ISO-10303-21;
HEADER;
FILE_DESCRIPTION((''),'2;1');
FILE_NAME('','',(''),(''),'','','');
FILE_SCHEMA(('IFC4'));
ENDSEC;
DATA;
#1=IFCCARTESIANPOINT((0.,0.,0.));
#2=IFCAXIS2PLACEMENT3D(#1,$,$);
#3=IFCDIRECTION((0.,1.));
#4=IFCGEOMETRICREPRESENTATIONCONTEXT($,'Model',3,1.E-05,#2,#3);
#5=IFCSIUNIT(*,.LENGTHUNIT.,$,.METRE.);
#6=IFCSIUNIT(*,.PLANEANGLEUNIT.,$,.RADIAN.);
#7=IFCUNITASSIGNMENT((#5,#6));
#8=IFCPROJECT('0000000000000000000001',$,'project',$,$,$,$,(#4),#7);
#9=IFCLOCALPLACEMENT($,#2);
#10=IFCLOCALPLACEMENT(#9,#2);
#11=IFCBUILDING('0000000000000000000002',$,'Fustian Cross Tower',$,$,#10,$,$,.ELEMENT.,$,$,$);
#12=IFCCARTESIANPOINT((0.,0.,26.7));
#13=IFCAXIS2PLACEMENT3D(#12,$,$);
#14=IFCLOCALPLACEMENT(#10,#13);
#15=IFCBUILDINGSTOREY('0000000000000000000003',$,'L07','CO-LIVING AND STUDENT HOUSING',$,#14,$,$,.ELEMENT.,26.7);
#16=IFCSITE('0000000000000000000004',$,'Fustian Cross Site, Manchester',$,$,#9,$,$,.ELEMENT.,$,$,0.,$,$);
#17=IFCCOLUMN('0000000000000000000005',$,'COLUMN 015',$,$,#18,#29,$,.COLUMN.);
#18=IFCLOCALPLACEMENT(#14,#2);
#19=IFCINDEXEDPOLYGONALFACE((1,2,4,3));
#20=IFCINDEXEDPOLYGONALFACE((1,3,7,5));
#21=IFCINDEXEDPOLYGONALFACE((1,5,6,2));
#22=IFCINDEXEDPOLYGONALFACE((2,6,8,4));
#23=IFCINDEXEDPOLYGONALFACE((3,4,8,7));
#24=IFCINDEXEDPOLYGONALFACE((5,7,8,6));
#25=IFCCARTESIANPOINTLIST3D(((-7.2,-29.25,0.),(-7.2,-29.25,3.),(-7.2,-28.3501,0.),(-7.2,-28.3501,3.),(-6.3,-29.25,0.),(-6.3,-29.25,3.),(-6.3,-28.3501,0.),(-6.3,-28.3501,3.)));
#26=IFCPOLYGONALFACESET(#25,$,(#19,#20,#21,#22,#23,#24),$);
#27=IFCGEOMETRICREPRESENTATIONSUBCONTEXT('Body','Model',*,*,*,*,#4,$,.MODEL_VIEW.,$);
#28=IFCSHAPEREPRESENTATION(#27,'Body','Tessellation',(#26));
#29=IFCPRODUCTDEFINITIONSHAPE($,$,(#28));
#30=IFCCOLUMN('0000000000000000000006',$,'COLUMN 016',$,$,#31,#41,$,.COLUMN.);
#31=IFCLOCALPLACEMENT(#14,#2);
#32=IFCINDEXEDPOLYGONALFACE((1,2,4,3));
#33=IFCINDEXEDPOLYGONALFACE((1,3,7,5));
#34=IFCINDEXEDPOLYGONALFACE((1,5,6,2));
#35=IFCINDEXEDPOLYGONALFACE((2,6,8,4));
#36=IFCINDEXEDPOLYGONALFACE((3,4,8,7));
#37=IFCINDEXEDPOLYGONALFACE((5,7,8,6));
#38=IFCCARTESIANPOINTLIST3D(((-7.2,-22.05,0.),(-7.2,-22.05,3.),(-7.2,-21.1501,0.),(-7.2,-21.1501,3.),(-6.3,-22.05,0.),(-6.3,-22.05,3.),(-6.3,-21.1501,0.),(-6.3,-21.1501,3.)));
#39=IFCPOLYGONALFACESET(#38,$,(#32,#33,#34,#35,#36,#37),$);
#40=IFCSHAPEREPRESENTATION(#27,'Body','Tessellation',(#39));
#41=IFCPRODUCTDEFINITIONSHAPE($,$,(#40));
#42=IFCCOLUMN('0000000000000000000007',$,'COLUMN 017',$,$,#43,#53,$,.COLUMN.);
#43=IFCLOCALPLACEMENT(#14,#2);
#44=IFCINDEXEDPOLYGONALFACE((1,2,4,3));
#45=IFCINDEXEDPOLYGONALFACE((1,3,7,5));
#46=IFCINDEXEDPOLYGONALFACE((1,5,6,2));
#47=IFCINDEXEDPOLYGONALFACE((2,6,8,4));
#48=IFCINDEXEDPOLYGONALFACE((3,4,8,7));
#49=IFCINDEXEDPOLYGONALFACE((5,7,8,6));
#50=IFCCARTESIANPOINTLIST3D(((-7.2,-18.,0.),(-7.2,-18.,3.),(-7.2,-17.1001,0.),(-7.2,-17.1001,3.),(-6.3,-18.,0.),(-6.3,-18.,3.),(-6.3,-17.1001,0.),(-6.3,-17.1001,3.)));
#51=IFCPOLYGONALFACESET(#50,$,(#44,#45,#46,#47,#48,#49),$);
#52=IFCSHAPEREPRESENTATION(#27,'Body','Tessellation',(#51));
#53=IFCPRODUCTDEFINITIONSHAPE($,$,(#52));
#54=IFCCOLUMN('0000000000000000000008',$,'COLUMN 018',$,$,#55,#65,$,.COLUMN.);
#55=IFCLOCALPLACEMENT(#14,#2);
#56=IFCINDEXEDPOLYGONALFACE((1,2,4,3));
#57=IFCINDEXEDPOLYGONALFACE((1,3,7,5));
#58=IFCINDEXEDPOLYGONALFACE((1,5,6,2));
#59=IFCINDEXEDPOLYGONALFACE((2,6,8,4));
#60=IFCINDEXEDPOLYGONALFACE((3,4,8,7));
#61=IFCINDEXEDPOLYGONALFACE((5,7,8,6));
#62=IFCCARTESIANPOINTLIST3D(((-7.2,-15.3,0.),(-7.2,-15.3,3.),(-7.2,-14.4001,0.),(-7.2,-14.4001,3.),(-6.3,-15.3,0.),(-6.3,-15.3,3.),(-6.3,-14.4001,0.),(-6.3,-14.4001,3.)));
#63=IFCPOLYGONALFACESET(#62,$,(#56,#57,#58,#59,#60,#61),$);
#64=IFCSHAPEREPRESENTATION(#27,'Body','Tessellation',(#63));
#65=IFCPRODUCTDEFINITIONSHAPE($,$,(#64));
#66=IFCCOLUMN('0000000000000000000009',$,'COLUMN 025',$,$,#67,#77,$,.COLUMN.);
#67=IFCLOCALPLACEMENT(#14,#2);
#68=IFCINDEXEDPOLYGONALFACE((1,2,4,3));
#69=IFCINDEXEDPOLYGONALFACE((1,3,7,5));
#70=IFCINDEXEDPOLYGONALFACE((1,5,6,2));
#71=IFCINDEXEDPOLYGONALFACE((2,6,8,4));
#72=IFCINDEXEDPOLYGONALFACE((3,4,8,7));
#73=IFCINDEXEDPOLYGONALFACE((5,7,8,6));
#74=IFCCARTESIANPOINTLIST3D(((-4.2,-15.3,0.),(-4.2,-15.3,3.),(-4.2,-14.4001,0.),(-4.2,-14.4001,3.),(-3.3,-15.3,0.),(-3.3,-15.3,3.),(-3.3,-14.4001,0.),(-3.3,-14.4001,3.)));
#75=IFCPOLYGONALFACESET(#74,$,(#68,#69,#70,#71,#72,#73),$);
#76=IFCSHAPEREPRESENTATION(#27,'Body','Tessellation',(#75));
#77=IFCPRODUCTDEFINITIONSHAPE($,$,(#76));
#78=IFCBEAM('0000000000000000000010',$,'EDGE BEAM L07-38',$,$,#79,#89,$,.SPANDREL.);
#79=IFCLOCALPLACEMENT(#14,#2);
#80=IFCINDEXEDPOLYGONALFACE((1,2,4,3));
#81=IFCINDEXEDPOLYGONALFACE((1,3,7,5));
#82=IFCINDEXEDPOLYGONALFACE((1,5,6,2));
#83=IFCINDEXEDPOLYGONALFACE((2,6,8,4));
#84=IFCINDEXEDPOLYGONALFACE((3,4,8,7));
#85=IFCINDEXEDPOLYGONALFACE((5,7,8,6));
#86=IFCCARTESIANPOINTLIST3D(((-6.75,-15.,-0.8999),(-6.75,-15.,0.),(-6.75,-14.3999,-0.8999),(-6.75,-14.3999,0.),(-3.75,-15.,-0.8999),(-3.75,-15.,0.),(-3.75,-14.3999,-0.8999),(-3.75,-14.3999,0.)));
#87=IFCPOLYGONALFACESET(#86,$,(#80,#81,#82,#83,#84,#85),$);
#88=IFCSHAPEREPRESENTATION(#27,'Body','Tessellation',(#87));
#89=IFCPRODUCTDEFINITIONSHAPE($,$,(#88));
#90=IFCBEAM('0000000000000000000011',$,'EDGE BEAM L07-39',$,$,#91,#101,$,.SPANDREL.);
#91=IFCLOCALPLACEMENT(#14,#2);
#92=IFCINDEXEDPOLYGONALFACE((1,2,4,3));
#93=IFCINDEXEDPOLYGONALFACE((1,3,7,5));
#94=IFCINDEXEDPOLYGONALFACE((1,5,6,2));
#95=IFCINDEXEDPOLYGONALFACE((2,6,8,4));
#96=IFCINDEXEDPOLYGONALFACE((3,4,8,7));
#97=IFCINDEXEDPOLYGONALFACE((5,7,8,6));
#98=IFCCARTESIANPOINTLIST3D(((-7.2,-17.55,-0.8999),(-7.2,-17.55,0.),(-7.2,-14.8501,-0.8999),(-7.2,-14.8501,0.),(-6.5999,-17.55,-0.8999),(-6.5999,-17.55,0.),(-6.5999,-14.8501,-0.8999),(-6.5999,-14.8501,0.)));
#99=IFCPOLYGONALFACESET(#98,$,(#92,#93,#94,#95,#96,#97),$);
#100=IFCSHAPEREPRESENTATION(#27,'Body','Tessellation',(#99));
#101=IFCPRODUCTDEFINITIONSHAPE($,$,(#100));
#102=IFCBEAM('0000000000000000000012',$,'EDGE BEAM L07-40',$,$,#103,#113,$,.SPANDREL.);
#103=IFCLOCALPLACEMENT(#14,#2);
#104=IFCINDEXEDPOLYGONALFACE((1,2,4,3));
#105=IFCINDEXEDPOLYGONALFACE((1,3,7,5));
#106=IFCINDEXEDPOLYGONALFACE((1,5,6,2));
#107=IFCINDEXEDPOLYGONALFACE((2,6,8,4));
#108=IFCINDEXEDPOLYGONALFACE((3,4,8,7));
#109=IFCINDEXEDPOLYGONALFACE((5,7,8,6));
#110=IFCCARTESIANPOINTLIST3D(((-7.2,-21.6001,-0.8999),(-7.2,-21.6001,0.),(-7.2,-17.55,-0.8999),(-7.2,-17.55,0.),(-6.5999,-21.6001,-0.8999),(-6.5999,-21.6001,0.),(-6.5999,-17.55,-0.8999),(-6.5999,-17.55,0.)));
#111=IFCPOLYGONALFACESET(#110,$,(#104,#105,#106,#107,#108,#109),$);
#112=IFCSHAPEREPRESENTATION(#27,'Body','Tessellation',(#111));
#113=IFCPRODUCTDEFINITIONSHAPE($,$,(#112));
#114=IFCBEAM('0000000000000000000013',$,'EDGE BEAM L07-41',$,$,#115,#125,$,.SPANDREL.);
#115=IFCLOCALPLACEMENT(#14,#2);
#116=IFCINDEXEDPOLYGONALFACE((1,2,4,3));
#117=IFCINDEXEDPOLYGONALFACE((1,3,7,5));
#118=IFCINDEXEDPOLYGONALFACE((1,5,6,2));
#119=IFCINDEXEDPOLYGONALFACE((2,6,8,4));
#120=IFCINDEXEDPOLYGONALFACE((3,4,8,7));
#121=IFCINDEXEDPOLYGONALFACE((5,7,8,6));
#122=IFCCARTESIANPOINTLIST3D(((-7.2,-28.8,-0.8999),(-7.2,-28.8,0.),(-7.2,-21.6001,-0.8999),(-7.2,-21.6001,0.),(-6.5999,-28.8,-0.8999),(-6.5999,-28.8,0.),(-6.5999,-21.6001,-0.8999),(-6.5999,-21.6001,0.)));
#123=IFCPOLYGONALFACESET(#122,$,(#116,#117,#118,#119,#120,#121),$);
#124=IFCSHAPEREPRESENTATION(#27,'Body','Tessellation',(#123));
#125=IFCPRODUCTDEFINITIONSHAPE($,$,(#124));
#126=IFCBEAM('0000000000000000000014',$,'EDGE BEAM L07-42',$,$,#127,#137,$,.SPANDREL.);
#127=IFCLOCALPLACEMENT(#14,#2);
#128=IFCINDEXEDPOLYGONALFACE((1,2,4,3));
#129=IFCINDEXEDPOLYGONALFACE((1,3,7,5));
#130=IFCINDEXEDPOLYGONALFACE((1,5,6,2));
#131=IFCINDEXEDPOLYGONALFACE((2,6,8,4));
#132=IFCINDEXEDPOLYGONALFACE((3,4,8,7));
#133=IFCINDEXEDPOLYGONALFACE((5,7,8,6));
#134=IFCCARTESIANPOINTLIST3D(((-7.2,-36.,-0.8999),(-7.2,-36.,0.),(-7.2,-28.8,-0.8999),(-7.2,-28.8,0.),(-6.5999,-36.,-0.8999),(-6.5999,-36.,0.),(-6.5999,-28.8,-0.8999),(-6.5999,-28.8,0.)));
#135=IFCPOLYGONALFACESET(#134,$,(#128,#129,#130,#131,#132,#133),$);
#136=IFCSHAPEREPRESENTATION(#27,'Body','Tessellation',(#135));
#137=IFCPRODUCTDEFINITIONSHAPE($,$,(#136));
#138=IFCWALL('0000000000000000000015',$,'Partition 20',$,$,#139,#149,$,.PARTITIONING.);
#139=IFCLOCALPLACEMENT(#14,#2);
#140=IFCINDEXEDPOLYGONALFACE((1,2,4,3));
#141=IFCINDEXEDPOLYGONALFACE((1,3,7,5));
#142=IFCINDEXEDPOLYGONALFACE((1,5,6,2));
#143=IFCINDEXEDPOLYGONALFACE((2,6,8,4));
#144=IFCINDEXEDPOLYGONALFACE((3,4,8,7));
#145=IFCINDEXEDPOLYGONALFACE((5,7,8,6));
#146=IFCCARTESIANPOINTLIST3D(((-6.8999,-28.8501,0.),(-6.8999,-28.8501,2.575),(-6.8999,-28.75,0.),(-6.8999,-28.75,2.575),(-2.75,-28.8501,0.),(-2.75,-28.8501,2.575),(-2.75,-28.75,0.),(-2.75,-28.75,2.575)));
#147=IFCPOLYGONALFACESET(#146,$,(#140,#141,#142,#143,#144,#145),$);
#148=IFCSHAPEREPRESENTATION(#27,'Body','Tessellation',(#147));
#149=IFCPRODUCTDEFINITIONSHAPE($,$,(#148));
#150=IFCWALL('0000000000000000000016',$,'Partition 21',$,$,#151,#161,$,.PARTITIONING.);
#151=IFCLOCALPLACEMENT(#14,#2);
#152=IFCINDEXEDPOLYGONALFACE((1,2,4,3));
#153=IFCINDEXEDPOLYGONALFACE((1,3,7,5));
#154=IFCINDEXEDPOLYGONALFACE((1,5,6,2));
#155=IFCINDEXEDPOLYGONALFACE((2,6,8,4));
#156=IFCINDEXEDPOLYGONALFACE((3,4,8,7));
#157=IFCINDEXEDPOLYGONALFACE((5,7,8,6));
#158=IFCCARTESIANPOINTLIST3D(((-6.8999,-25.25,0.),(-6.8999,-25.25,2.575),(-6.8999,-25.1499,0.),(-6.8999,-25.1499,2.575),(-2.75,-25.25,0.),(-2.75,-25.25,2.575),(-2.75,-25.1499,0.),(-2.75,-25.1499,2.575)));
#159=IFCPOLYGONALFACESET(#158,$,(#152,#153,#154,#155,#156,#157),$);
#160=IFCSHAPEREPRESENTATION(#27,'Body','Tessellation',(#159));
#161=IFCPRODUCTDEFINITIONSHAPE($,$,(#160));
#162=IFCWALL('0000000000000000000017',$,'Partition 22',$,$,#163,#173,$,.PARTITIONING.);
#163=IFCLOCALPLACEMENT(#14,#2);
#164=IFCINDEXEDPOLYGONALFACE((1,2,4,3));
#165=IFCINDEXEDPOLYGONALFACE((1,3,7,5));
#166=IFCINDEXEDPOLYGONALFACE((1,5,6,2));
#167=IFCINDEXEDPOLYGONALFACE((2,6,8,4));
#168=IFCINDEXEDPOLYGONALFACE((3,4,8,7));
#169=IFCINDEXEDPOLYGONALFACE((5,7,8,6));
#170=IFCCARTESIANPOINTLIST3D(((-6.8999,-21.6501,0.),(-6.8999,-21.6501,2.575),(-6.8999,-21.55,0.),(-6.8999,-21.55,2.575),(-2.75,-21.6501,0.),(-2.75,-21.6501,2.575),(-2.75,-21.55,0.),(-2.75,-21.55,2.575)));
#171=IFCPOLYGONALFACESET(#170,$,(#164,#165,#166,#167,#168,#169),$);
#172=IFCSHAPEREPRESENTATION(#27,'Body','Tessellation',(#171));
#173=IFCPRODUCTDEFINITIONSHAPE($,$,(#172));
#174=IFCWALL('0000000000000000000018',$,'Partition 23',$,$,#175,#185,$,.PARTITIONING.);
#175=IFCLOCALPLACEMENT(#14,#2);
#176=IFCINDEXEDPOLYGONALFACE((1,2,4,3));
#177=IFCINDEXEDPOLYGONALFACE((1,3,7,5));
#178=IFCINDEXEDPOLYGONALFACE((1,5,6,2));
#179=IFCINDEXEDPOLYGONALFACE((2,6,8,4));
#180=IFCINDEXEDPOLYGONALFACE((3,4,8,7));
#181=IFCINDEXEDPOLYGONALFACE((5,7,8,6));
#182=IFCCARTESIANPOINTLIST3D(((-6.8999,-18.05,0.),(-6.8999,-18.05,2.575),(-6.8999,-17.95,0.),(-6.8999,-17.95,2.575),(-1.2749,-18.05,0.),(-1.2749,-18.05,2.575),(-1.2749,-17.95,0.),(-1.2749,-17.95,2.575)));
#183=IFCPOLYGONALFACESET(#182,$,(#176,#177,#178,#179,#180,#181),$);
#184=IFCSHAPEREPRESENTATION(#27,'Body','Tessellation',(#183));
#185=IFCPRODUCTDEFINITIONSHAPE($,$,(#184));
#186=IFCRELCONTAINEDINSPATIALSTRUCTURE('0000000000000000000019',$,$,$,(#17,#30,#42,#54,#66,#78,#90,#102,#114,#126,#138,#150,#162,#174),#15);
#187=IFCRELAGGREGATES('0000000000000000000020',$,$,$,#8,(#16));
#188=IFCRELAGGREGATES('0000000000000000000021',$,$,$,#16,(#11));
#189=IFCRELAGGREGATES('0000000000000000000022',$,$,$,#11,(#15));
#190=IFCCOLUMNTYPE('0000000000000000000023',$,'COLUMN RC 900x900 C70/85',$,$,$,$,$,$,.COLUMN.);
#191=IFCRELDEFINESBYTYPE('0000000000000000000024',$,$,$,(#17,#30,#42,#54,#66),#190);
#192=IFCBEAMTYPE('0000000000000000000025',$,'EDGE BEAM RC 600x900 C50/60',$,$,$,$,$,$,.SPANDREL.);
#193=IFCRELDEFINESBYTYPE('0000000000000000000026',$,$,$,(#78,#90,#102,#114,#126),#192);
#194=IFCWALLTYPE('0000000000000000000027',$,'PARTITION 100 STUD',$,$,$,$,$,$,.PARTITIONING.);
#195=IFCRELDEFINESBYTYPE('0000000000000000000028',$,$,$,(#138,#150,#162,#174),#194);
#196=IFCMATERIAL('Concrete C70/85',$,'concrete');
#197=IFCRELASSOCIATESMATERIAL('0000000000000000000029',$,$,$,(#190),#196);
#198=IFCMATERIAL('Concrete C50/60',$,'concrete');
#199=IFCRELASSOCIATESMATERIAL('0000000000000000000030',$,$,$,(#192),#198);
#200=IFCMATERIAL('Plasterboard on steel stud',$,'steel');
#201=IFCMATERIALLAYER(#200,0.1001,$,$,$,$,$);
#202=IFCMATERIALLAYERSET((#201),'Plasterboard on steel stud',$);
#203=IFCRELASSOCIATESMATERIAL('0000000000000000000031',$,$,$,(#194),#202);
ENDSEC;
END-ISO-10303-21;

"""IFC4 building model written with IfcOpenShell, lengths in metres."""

from ifc_helpers import new_model, si_unit, direction, frame, frame_2d, origin, origin_2d, place, context, subcontext, project, spatial, rectangle, extrude, material, layer, layer_set, material_profile, profile_set, type_object, element, save


model = new_model("IFC4")

# Units and contexts
model_context = context("Model", 3, precision=1e-05, world=origin(), true_north=direction((0.0, 1.0)))
body_context = subcontext(model_context, "Body", "Model", "MODEL_VIEW")
ifc_project = project(units=[si_unit("LENGTHUNIT", "METRE"), si_unit("PLANEANGLEUNIT", "RADIAN")], contexts=[model_context])

# Site, building, storey
site_placement = place(None, origin())
site = spatial("IfcSite", under=ifc_project, at=site_placement, Name="Fustian Cross Site, Manchester", CompositionType="ELEMENT", RefElevation=0.0)
building_placement = place(site_placement, origin())
building = spatial("IfcBuilding", under=site, at=building_placement, Name="Fustian Cross Tower", CompositionType="ELEMENT")
storey_placement = place(building_placement, frame((0.0, 0.0, 26.7)))
storey = spatial("IfcBuildingStorey", under=building, at=storey_placement, Name="L07", Description="CO-LIVING AND STUDENT HOUSING", CompositionType="ELEMENT", Elevation=26.7)

# Columns
ifc_material_1 = material(Name="Concrete C70/85", Category="concrete")
ifc_material_profile_1 = material_profile(ifc_material_1, rectangle(XDim=0.8999, YDim=0.8999, at=origin_2d()), Name="RC 900x900")
ifc_profile_set_1 = profile_set([ifc_material_profile_1], Name="Concrete C70/85")
column_type = type_object("IfcColumnType", Name="COLUMN RC 900x900 C70/85", PredefinedType="COLUMN", material=ifc_profile_set_1)
for number, where, z_axis, x_axis, name in (
    (1, (-6.75, -28.8, 0.0), (0.0, 0.0, 1.0), (1.0, 0.0, 0.0), "COLUMN 015"),
    (2, (-6.75, -21.6001, 0.0), (0.0, 0.0, 1.0), (1.0, 0.0, 0.0), "COLUMN 016"),
    (3, (-6.75, -17.55, 0.0), (0.0, 0.0, 1.0), (1.0, 0.0, 0.0), "COLUMN 017"),
    (4, (-6.75, -14.8501, 0.0), (0.0, 0.0, 1.0), (1.0, 0.0, 0.0), "COLUMN 018"),
    (5, (-3.75, -14.8501, 0.0), (0.0, 0.0, 1.0), (1.0, 0.0, 0.0), "COLUMN 025"),
):
    element("IfcColumn", number, at=place(storey_placement, frame(where, z_axis=z_axis, x_axis=x_axis)), inside=storey, type_object=column_type, Name=name, PredefinedType="COLUMN", context=body_context, shape_type="SweptSolid", body=[
        extrude(rectangle(XDim=0.8999, YDim=0.8999, at=origin_2d()), origin(), (0.0, 0.0, 1.0), 3.0),
    ])

# Beams
ifc_material_2 = material(Name="Concrete C50/60", Category="concrete")
ifc_material_profile_2 = material_profile(ifc_material_2, rectangle(XDim=0.6001, YDim=0.8999, at=origin_2d()), Name="RC 600x900")
ifc_profile_set_2 = profile_set([ifc_material_profile_2], Name="Concrete C50/60")
beam_type = type_object("IfcBeamType", Name="EDGE BEAM RC 600x900 C50/60", PredefinedType="SPANDREL", material=ifc_profile_set_2)
beam_1_placement = place(storey_placement, frame((-3.75, -14.7, -0.45), z_axis=(-1.0, 0.0, 0.0), x_axis=(0.0, -1.0, 0.0)))
element("IfcBeam", 6, at=beam_1_placement, inside=storey, type_object=beam_type, Name="EDGE BEAM L07-38", PredefinedType="SPANDREL", context=body_context, shape_type="SweptSolid", body=[
    extrude(rectangle(XDim=0.6001, YDim=0.8999, at=origin_2d()), origin(), (0.0, 0.0, 1.0), 3.0),
])
beam_2_placement = place(storey_placement, frame((-6.8999, -14.8501, -0.45), z_axis=(0.0, -1.0, 0.0), x_axis=(1.0, 0.0, 0.0)))
element("IfcBeam", 7, at=beam_2_placement, inside=storey, type_object=beam_type, Name="EDGE BEAM L07-39", PredefinedType="SPANDREL", context=body_context, shape_type="SweptSolid", body=[
    extrude(rectangle(XDim=0.6001, YDim=0.8999, at=origin_2d()), origin(), (0.0, 0.0, 1.0), 2.7),
])
beam_3_placement = place(storey_placement, frame((-6.8999, -17.55, -0.45), z_axis=(0.0, -1.0, 0.0), x_axis=(1.0, 0.0, 0.0)))
element("IfcBeam", 8, at=beam_3_placement, inside=storey, type_object=beam_type, Name="EDGE BEAM L07-40", PredefinedType="SPANDREL", context=body_context, shape_type="SweptSolid", body=[
    extrude(rectangle(XDim=0.6001, YDim=0.8999, at=origin_2d()), origin(), (0.0, 0.0, 1.0), 4.05),
])
for number, where, z_axis, x_axis, name in (
    (9, (-6.8999, -21.6001, -0.45), (0.0, -1.0, 0.0), (1.0, 0.0, 0.0), "EDGE BEAM L07-41"),
    (10, (-6.8999, -28.8, -0.45), (0.0, -1.0, 0.0), (1.0, 0.0, 0.0), "EDGE BEAM L07-42"),
):
    element("IfcBeam", number, at=place(storey_placement, frame(where, z_axis=z_axis, x_axis=x_axis)), inside=storey, type_object=beam_type, Name=name, PredefinedType="SPANDREL", context=body_context, shape_type="SweptSolid", body=[
        extrude(rectangle(XDim=0.6001, YDim=0.8999, at=origin_2d()), origin(), (0.0, 0.0, 1.0), 7.2),
    ])

# Walls
ifc_material_3 = material(Name="Plasterboard on steel stud", Category="steel")
ifc_layer_1 = layer(ifc_material_3, 0.1001)
ifc_layer_set_1 = layer_set([ifc_layer_1], Name="Plasterboard on steel stud")
wall_type_1 = type_object("IfcWallType", Name="PARTITION 100 STUD", PredefinedType="PARTITIONING", material=ifc_layer_set_1)
for number, where, z_axis, x_axis, name in (
    (11, (-6.8999, -28.8, 0.0), (0.0, 0.0, 1.0), (1.0, 0.0, 0.0), "Partition 20"),
    (12, (-6.8999, -25.2, 0.0), (0.0, 0.0, 1.0), (1.0, 0.0, 0.0), "Partition 21"),
    (13, (-6.8999, -21.6001, 0.0), (0.0, 0.0, 1.0), (1.0, 0.0, 0.0), "Partition 22"),
):
    element("IfcWall", number, at=place(storey_placement, frame(where, z_axis=z_axis, x_axis=x_axis)), inside=storey, type_object=wall_type_1, Name=name, PredefinedType="PARTITIONING", context=body_context, shape_type="SweptSolid", body=[
        extrude(rectangle(XDim=4.1499, YDim=0.1001, at=frame_2d((2.075, 0.0))), origin(), (0.0, 0.0, 1.0), 2.575),
    ])
wall_1_placement = place(storey_placement, frame((-6.8999, -18.0, 0.0), z_axis=(0.0, 0.0, 1.0), x_axis=(1.0, 0.0, 0.0)))
element("IfcWall", 14, at=wall_1_placement, inside=storey, type_object=wall_type_1, Name="Partition 23", PredefinedType="PARTITIONING", context=body_context, shape_type="SweptSolid", body=[
    extrude(rectangle(XDim=5.625, YDim=0.1001, at=frame_2d((2.8125, 0.0))), origin(), (0.0, 0.0, 1.0), 2.575),
])

save(model, "model.ifc")
